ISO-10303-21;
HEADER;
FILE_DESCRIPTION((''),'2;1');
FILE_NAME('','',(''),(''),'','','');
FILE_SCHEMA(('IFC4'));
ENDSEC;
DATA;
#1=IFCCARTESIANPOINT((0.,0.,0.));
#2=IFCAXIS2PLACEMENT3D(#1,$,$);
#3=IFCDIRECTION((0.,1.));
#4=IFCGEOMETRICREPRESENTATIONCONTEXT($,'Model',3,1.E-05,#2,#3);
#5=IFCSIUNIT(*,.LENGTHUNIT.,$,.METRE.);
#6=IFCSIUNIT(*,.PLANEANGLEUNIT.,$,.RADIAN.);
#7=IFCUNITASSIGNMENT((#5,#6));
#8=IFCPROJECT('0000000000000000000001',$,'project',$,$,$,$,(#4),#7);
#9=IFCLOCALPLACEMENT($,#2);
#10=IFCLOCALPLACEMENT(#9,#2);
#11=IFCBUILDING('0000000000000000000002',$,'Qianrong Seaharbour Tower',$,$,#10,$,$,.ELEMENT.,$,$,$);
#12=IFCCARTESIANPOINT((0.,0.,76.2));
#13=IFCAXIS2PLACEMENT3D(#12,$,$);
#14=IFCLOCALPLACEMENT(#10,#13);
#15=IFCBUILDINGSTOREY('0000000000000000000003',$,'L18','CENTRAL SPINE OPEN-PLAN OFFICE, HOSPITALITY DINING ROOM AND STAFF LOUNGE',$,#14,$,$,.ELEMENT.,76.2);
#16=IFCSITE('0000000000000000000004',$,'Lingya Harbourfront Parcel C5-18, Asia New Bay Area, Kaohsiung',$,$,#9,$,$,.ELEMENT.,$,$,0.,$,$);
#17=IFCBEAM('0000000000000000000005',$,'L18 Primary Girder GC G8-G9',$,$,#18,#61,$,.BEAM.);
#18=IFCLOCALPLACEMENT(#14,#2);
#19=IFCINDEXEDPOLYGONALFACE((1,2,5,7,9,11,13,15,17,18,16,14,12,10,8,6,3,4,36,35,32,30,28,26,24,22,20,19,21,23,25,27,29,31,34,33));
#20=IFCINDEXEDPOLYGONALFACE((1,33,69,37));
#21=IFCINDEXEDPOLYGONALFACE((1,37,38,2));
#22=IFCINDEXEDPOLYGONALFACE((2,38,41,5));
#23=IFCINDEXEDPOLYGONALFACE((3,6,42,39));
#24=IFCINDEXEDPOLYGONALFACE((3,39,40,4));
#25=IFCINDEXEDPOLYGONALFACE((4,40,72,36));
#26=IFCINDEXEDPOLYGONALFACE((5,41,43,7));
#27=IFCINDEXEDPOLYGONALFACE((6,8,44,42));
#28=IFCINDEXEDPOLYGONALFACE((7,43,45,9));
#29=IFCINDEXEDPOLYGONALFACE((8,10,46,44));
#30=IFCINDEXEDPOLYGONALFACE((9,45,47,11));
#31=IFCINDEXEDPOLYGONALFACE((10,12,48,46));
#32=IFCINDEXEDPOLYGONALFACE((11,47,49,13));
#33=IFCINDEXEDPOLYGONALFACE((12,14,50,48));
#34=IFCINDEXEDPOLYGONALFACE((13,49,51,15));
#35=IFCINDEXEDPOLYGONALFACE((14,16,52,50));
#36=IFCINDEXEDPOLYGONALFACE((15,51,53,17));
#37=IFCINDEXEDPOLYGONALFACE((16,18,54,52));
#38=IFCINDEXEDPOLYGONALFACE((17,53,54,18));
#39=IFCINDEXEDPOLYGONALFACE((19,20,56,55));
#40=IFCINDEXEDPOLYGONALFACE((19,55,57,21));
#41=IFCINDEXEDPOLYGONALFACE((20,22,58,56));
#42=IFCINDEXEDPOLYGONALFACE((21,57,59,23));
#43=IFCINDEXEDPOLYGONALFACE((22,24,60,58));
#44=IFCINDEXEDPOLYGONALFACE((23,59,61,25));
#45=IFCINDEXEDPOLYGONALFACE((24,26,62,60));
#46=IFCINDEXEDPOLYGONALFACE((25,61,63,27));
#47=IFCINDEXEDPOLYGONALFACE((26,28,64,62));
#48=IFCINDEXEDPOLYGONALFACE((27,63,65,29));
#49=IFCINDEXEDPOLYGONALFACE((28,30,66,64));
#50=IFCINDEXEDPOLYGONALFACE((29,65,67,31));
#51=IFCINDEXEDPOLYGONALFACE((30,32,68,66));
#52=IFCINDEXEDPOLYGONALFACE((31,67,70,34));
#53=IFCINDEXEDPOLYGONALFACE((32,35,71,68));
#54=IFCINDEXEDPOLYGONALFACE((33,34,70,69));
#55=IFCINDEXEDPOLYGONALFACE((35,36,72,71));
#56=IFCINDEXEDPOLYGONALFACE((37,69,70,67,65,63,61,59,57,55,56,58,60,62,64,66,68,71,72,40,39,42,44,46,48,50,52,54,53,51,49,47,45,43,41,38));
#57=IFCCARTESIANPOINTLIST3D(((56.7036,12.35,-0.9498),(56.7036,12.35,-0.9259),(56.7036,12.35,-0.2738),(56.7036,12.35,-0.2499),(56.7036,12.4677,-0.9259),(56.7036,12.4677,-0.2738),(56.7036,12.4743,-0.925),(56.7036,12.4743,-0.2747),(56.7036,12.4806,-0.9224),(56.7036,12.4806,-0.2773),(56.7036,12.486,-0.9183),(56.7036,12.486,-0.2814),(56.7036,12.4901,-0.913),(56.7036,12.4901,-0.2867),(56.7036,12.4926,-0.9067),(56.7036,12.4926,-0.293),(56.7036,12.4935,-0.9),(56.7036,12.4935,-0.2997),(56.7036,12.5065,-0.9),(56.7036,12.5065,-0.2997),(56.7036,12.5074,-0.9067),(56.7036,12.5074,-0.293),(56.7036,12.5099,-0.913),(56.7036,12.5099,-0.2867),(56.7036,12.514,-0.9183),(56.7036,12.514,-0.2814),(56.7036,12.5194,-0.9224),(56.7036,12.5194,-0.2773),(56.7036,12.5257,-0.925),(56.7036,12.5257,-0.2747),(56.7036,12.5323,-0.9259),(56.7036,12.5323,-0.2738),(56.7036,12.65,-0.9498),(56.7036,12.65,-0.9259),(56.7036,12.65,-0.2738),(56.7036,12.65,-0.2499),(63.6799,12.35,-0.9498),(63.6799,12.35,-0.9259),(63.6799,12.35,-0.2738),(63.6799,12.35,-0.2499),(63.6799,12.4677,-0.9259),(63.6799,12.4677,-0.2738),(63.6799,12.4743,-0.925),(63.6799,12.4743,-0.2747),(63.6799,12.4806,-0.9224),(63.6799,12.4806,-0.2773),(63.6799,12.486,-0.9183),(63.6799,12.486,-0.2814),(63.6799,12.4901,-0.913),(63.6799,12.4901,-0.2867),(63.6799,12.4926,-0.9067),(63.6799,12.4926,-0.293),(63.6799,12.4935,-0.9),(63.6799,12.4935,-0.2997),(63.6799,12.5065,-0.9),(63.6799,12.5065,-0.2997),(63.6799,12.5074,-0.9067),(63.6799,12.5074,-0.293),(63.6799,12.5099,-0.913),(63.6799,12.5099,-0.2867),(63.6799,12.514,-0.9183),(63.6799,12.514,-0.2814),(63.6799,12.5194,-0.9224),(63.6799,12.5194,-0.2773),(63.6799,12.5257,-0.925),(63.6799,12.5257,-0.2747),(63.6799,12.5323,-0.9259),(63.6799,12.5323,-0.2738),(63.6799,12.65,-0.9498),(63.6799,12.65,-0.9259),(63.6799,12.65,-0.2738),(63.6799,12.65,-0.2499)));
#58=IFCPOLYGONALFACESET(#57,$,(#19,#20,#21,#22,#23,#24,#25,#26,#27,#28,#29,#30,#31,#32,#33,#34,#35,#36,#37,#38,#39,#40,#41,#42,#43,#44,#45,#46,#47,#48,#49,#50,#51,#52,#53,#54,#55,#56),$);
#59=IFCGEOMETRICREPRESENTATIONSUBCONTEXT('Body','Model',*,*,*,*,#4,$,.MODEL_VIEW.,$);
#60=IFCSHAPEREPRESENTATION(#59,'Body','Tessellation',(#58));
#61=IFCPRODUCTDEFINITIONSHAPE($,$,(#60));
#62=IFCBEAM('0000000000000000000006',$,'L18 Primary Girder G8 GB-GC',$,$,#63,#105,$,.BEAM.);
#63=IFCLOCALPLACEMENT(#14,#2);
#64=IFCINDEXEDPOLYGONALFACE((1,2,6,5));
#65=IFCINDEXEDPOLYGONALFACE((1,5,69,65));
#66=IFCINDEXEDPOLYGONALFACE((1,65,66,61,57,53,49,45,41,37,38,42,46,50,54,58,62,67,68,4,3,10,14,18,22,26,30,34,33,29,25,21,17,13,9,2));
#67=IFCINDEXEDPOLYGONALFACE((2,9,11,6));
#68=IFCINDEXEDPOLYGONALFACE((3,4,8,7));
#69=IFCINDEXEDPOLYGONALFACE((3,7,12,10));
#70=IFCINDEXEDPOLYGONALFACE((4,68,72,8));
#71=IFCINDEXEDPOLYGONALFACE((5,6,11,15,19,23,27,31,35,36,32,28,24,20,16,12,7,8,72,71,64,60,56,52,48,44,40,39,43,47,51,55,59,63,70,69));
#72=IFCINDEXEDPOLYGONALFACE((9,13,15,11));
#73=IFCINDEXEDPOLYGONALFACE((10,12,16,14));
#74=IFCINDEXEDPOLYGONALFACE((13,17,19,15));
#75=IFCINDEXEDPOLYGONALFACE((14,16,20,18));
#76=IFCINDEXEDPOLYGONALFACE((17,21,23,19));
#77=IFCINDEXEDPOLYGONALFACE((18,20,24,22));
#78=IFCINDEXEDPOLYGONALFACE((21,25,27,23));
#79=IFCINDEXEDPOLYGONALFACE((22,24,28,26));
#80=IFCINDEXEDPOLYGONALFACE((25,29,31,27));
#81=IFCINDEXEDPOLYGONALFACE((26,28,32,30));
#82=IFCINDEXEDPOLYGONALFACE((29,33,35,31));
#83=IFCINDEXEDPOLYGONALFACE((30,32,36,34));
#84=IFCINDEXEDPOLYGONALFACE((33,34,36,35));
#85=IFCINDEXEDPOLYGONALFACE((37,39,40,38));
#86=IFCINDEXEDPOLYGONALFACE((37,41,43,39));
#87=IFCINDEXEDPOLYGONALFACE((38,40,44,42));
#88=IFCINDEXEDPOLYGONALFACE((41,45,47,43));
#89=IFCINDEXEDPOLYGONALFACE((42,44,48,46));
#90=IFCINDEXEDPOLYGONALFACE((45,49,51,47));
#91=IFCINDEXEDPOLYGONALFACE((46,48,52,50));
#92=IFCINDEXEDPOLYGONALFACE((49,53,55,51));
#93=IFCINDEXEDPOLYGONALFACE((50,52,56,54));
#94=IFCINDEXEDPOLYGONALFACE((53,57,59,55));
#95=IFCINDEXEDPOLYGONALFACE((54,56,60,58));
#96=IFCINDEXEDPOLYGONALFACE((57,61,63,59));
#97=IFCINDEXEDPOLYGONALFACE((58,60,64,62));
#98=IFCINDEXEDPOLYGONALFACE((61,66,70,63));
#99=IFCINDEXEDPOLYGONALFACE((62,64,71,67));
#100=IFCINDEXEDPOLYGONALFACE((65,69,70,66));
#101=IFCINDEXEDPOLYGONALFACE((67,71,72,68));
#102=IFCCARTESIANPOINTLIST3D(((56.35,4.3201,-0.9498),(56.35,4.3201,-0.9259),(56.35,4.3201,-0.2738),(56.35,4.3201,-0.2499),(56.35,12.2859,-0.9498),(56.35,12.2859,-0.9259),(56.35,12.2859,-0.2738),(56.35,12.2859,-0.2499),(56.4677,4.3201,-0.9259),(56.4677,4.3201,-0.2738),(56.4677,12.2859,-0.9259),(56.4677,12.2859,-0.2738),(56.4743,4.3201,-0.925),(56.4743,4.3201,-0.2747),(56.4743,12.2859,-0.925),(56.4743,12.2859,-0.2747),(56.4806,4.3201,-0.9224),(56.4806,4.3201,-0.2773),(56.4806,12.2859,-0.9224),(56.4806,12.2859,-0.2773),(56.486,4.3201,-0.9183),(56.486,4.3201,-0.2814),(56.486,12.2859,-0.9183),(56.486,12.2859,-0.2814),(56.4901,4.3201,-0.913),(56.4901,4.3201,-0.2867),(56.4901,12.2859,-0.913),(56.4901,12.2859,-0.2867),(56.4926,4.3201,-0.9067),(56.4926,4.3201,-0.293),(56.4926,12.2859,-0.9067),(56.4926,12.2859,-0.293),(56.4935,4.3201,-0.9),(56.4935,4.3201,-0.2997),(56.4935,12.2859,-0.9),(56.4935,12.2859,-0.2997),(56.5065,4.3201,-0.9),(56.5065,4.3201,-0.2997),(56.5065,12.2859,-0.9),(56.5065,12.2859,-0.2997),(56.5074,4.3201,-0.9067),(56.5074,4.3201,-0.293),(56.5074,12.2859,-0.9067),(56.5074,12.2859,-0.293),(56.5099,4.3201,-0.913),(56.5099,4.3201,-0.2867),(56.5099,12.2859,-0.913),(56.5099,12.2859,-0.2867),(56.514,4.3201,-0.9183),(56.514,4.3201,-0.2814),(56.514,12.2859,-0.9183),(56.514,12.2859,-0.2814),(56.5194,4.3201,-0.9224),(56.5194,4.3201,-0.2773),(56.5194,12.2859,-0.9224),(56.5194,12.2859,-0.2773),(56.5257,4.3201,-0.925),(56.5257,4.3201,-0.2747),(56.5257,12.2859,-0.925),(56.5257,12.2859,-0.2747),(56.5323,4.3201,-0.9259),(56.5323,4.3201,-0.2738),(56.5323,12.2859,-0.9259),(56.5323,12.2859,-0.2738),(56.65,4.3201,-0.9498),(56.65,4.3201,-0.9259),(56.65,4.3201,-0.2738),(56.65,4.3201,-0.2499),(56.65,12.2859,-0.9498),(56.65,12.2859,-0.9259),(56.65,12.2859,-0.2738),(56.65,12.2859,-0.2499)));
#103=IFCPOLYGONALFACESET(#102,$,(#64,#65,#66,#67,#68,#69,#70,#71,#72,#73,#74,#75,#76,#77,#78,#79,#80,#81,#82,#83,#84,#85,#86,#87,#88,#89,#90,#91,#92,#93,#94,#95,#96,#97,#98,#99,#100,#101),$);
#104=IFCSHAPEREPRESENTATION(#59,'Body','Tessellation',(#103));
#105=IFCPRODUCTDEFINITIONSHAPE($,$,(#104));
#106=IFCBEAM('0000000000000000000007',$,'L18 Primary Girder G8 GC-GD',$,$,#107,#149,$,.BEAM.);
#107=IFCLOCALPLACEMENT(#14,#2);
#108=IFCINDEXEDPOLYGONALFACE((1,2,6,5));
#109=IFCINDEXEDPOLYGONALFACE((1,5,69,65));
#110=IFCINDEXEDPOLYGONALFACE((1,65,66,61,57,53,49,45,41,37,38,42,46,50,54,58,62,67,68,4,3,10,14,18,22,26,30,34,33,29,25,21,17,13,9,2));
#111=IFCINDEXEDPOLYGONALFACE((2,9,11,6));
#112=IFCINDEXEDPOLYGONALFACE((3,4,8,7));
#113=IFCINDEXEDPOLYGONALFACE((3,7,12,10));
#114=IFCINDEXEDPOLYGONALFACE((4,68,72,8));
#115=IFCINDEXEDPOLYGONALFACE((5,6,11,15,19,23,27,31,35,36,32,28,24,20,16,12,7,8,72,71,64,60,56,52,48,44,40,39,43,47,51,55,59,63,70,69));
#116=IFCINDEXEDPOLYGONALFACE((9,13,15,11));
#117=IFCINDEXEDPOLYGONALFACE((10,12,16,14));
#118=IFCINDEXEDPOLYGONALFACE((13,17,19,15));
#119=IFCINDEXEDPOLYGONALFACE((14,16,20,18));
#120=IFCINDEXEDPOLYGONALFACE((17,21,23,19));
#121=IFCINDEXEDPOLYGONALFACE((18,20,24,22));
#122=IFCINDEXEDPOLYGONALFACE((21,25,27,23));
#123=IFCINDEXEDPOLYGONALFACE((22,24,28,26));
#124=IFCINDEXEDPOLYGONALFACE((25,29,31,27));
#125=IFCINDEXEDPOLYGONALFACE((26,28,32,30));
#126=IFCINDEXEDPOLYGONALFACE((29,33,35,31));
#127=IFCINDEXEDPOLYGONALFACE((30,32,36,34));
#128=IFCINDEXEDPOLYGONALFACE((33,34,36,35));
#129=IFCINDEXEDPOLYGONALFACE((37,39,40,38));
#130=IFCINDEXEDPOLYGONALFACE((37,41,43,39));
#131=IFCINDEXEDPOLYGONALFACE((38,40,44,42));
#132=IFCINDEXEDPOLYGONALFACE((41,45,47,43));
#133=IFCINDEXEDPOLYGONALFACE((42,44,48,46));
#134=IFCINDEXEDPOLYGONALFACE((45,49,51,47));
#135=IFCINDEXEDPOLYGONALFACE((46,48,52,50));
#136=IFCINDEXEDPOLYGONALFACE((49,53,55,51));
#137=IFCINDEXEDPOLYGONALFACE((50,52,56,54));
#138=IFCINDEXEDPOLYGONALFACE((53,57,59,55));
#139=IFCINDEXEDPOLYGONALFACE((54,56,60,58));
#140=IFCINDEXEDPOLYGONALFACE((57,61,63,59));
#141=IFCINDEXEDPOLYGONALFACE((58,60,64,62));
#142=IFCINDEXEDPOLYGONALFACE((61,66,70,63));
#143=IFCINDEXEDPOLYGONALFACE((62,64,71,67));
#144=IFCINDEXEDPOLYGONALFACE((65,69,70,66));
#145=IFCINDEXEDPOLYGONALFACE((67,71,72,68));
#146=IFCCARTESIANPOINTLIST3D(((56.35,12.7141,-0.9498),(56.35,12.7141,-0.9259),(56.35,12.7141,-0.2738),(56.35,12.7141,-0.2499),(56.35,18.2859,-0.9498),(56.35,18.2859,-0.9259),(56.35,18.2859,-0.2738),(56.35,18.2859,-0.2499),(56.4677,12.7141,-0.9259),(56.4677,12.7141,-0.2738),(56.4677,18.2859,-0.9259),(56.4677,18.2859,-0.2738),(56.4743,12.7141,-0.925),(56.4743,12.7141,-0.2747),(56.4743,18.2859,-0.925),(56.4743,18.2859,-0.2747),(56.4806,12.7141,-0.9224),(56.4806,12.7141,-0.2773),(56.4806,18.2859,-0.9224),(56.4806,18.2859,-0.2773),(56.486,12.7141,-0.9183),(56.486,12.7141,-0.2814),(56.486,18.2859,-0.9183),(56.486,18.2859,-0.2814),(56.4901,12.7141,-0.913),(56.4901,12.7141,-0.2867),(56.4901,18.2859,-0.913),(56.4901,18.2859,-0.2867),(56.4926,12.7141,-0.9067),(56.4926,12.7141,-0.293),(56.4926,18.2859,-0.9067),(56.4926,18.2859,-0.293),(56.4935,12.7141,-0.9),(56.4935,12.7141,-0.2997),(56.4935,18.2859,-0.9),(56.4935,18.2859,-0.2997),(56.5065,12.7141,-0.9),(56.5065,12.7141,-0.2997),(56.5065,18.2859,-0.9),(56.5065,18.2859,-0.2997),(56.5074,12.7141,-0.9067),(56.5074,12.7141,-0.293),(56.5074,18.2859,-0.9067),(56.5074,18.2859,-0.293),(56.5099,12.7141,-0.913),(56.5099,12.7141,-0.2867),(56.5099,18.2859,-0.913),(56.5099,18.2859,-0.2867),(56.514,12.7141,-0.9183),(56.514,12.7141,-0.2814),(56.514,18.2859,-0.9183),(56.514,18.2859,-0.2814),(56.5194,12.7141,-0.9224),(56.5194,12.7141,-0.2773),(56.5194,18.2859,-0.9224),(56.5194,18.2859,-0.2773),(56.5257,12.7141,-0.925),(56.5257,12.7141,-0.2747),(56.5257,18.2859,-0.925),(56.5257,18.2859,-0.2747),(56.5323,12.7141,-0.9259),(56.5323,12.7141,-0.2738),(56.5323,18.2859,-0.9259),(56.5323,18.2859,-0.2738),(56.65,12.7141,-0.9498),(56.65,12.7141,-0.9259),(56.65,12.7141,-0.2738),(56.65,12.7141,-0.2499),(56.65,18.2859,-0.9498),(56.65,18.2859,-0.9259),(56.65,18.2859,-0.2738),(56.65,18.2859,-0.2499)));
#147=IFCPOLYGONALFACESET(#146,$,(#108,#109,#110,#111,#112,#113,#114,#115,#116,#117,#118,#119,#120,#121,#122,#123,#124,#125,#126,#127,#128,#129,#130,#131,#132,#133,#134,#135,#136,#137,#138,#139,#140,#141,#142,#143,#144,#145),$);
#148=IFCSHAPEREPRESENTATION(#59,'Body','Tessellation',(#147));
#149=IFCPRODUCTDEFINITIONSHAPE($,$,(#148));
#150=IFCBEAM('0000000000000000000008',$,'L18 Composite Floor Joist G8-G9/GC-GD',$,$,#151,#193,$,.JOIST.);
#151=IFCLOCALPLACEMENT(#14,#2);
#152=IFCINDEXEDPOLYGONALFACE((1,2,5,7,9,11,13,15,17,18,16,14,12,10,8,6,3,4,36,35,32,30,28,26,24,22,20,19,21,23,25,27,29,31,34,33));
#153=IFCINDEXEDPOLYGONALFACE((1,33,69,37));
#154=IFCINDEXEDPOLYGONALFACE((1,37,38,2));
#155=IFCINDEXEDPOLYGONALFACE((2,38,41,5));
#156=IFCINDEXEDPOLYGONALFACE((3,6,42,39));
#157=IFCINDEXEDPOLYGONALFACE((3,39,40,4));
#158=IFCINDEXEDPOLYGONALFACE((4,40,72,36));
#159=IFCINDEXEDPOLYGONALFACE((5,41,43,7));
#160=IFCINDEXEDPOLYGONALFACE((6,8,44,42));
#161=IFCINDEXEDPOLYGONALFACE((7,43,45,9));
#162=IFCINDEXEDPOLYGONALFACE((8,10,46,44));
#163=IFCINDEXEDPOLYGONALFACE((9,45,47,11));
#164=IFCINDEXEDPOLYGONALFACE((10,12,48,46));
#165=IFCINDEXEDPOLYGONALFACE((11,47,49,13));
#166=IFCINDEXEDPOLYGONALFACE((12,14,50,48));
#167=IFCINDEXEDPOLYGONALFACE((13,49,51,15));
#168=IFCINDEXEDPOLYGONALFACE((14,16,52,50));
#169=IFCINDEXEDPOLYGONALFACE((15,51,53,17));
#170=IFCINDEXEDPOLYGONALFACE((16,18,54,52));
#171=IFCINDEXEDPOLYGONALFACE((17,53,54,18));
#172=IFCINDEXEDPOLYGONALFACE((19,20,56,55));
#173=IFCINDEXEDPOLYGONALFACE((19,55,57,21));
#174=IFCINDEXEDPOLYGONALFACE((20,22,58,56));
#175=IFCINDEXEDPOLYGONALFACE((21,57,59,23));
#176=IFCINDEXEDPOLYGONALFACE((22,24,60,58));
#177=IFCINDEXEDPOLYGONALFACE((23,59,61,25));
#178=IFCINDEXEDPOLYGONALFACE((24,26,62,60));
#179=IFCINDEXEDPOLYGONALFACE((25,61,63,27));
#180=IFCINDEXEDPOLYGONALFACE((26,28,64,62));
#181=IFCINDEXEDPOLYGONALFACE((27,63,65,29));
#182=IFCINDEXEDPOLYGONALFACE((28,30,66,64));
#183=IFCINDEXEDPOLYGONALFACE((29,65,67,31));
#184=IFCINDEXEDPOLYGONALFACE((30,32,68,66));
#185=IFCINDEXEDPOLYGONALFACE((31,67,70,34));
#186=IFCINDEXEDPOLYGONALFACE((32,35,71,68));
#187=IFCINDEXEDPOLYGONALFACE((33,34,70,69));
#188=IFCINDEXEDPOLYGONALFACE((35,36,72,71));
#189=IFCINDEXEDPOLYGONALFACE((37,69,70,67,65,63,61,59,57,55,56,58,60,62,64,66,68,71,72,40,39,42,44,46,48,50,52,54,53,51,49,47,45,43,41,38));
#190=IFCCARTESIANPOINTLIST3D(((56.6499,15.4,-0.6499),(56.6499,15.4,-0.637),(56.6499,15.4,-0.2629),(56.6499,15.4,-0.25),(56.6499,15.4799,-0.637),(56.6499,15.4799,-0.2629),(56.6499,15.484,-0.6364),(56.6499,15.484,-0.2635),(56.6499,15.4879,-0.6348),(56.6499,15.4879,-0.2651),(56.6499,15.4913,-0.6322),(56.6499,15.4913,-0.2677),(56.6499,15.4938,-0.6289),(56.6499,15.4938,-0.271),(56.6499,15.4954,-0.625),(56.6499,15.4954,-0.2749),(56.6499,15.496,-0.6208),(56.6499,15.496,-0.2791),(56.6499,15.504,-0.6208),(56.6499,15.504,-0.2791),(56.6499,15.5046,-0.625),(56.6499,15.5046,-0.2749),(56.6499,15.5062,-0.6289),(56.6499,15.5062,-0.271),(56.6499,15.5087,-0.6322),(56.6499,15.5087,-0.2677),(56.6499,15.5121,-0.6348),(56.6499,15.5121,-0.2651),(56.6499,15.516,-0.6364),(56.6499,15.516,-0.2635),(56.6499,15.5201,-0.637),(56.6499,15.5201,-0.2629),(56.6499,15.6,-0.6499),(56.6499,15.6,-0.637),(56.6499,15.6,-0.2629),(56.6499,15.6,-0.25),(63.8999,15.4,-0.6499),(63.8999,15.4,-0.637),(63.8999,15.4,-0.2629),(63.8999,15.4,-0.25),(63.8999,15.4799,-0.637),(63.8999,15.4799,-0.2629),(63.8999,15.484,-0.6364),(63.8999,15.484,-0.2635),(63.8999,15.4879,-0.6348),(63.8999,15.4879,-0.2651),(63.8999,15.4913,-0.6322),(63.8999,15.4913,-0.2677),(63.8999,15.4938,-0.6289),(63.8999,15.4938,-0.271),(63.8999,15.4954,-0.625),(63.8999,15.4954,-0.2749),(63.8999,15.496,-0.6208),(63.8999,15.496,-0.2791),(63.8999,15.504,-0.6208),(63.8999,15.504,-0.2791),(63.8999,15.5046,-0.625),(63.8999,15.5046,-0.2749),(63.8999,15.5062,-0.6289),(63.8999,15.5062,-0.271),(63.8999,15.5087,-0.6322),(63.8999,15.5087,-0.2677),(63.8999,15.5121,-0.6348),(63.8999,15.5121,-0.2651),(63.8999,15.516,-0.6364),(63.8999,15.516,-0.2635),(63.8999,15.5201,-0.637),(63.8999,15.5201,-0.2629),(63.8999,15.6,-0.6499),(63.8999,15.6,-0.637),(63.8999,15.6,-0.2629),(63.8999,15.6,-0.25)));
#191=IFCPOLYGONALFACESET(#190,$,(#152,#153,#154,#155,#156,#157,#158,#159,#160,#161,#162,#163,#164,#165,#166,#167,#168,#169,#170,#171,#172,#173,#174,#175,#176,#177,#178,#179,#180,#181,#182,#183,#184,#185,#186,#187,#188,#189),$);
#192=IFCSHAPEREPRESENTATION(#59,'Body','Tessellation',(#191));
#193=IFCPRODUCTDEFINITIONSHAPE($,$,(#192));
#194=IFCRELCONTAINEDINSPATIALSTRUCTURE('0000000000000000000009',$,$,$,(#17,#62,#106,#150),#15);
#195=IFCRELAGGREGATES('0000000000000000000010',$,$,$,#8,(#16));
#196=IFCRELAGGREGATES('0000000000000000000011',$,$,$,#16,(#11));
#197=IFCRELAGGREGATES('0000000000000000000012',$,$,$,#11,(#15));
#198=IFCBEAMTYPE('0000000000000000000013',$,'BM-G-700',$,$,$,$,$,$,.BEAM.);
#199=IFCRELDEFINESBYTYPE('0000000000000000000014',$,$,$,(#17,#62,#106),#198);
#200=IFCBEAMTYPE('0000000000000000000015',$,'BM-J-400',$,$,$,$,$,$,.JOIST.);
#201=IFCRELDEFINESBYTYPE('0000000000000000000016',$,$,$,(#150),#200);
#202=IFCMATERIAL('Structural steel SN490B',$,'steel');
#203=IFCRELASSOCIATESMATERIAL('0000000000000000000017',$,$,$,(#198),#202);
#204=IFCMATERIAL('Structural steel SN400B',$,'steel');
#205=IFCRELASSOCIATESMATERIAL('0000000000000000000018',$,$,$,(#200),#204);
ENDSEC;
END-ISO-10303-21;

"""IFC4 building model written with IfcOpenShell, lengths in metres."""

from ifc_helpers import new_model, si_unit, direction, frame, origin, origin_2d, place, context, subcontext, project, spatial, i_section, extrude, material, material_profile, profile_set, type_object, element, save


model = new_model("IFC4")

# Units and contexts
model_context = context("Model", 3, precision=1e-05, world=origin(), true_north=direction((0.0, 1.0)))
body_context = subcontext(model_context, "Body", "Model", "MODEL_VIEW")
ifc_project = project(units=[si_unit("LENGTHUNIT", "METRE"), si_unit("PLANEANGLEUNIT", "RADIAN")], contexts=[model_context])

# Site, building, storey
site_placement = place(None, origin())
site = spatial("IfcSite", under=ifc_project, at=site_placement, Name="Lingya Harbourfront Parcel C5-18, Asia New Bay Area, Kaohsiung", CompositionType="ELEMENT", RefElevation=0.0)
building_placement = place(site_placement, origin())
building = spatial("IfcBuilding", under=site, at=building_placement, Name="Qianrong Seaharbour Tower", CompositionType="ELEMENT")
storey_placement = place(building_placement, frame((0.0, 0.0, 76.2)))
storey = spatial("IfcBuildingStorey", under=building, at=storey_placement, Name="L18", Description="CENTRAL SPINE OPEN-PLAN OFFICE, HOSPITALITY DINING ROOM AND STAFF LOUNGE", CompositionType="ELEMENT", Elevation=76.2)

# Shared definitions
ifc_material_1 = material(Name="Structural steel SN490B", Category="steel")

# Beams
ifc_material_profile_1 = material_profile(ifc_material_1, i_section(OverallWidth=0.3, OverallDepth=0.7, WebThickness=0.0129, FlangeThickness=0.0239, FilletRadius=0.0259, at=origin_2d()), Name="H700x300x13x24")
ifc_profile_set_1 = profile_set([ifc_material_profile_1], Name="Structural steel SN490B")
beam_type_1 = type_object("IfcBeamType", Name="BM-G-700", PredefinedType="BEAM", material=ifc_profile_set_1)
beam_1_placement = place(storey_placement, frame((56.7036, 12.5, -0.5999), z_axis=(1.0, 0.0, 0.0), x_axis=(0.0, 1.0, 0.0)))
element("IfcBeam", 1, at=beam_1_placement, inside=storey, type_object=beam_type_1, Name="L18 Primary Girder GC G8-G9", PredefinedType="BEAM", context=body_context, shape_type="SweptSolid", body=[
    extrude(i_section(OverallWidth=0.3, OverallDepth=0.7, WebThickness=0.0129, FlangeThickness=0.0239, FilletRadius=0.0259, at=origin_2d()), origin(), (0.0, 0.0, 1.0), 6.9763),
])
beam_2_placement = place(storey_placement, frame((56.5, 4.3201, -0.5999), z_axis=(0.0, 1.0, 0.0), x_axis=(-1.0, 0.0, 0.0)))
element("IfcBeam", 2, at=beam_2_placement, inside=storey, type_object=beam_type_1, Name="L18 Primary Girder G8 GB-GC", PredefinedType="BEAM", context=body_context, shape_type="SweptSolid", body=[
    extrude(i_section(OverallWidth=0.3, OverallDepth=0.7, WebThickness=0.0129, FlangeThickness=0.0239, FilletRadius=0.0259, at=origin_2d()), origin(), (0.0, 0.0, 1.0), 7.9658),
])
beam_3_placement = place(storey_placement, frame((56.5, 12.7141, -0.5999), z_axis=(0.0, 1.0, 0.0), x_axis=(-1.0, 0.0, 0.0)))
element("IfcBeam", 3, at=beam_3_placement, inside=storey, type_object=beam_type_1, Name="L18 Primary Girder G8 GC-GD", PredefinedType="BEAM", context=body_context, shape_type="SweptSolid", body=[
    extrude(i_section(OverallWidth=0.3, OverallDepth=0.7, WebThickness=0.0129, FlangeThickness=0.0239, FilletRadius=0.0259, at=origin_2d()), origin(), (0.0, 0.0, 1.0), 5.5718),
])
ifc_material_2 = material(Name="Structural steel SN400B", Category="steel")
ifc_material_profile_2 = material_profile(ifc_material_2, i_section(OverallWidth=0.2, OverallDepth=0.3999, WebThickness=0.0081, FlangeThickness=0.0129, FilletRadius=0.0161, at=origin_2d()), Name="H400x200x8x13")
ifc_profile_set_2 = profile_set([ifc_material_profile_2], Name="Structural steel SN400B")
beam_type_2 = type_object("IfcBeamType", Name="BM-J-400", PredefinedType="JOIST", material=ifc_profile_set_2)
beam_4_placement = place(storey_placement, frame((56.6499, 15.5, -0.45), z_axis=(1.0, 0.0, 0.0), x_axis=(0.0, 1.0, 0.0)))
element("IfcBeam", 4, at=beam_4_placement, inside=storey, type_object=beam_type_2, Name="L18 Composite Floor Joist G8-G9/GC-GD", PredefinedType="JOIST", context=body_context, shape_type="SweptSolid", body=[
    extrude(i_section(OverallWidth=0.2, OverallDepth=0.3999, WebThickness=0.0081, FlangeThickness=0.0129, FilletRadius=0.0161, at=origin_2d()), origin(), (0.0, 0.0, 1.0), 7.25),
])

save(model, "model.ifc")
